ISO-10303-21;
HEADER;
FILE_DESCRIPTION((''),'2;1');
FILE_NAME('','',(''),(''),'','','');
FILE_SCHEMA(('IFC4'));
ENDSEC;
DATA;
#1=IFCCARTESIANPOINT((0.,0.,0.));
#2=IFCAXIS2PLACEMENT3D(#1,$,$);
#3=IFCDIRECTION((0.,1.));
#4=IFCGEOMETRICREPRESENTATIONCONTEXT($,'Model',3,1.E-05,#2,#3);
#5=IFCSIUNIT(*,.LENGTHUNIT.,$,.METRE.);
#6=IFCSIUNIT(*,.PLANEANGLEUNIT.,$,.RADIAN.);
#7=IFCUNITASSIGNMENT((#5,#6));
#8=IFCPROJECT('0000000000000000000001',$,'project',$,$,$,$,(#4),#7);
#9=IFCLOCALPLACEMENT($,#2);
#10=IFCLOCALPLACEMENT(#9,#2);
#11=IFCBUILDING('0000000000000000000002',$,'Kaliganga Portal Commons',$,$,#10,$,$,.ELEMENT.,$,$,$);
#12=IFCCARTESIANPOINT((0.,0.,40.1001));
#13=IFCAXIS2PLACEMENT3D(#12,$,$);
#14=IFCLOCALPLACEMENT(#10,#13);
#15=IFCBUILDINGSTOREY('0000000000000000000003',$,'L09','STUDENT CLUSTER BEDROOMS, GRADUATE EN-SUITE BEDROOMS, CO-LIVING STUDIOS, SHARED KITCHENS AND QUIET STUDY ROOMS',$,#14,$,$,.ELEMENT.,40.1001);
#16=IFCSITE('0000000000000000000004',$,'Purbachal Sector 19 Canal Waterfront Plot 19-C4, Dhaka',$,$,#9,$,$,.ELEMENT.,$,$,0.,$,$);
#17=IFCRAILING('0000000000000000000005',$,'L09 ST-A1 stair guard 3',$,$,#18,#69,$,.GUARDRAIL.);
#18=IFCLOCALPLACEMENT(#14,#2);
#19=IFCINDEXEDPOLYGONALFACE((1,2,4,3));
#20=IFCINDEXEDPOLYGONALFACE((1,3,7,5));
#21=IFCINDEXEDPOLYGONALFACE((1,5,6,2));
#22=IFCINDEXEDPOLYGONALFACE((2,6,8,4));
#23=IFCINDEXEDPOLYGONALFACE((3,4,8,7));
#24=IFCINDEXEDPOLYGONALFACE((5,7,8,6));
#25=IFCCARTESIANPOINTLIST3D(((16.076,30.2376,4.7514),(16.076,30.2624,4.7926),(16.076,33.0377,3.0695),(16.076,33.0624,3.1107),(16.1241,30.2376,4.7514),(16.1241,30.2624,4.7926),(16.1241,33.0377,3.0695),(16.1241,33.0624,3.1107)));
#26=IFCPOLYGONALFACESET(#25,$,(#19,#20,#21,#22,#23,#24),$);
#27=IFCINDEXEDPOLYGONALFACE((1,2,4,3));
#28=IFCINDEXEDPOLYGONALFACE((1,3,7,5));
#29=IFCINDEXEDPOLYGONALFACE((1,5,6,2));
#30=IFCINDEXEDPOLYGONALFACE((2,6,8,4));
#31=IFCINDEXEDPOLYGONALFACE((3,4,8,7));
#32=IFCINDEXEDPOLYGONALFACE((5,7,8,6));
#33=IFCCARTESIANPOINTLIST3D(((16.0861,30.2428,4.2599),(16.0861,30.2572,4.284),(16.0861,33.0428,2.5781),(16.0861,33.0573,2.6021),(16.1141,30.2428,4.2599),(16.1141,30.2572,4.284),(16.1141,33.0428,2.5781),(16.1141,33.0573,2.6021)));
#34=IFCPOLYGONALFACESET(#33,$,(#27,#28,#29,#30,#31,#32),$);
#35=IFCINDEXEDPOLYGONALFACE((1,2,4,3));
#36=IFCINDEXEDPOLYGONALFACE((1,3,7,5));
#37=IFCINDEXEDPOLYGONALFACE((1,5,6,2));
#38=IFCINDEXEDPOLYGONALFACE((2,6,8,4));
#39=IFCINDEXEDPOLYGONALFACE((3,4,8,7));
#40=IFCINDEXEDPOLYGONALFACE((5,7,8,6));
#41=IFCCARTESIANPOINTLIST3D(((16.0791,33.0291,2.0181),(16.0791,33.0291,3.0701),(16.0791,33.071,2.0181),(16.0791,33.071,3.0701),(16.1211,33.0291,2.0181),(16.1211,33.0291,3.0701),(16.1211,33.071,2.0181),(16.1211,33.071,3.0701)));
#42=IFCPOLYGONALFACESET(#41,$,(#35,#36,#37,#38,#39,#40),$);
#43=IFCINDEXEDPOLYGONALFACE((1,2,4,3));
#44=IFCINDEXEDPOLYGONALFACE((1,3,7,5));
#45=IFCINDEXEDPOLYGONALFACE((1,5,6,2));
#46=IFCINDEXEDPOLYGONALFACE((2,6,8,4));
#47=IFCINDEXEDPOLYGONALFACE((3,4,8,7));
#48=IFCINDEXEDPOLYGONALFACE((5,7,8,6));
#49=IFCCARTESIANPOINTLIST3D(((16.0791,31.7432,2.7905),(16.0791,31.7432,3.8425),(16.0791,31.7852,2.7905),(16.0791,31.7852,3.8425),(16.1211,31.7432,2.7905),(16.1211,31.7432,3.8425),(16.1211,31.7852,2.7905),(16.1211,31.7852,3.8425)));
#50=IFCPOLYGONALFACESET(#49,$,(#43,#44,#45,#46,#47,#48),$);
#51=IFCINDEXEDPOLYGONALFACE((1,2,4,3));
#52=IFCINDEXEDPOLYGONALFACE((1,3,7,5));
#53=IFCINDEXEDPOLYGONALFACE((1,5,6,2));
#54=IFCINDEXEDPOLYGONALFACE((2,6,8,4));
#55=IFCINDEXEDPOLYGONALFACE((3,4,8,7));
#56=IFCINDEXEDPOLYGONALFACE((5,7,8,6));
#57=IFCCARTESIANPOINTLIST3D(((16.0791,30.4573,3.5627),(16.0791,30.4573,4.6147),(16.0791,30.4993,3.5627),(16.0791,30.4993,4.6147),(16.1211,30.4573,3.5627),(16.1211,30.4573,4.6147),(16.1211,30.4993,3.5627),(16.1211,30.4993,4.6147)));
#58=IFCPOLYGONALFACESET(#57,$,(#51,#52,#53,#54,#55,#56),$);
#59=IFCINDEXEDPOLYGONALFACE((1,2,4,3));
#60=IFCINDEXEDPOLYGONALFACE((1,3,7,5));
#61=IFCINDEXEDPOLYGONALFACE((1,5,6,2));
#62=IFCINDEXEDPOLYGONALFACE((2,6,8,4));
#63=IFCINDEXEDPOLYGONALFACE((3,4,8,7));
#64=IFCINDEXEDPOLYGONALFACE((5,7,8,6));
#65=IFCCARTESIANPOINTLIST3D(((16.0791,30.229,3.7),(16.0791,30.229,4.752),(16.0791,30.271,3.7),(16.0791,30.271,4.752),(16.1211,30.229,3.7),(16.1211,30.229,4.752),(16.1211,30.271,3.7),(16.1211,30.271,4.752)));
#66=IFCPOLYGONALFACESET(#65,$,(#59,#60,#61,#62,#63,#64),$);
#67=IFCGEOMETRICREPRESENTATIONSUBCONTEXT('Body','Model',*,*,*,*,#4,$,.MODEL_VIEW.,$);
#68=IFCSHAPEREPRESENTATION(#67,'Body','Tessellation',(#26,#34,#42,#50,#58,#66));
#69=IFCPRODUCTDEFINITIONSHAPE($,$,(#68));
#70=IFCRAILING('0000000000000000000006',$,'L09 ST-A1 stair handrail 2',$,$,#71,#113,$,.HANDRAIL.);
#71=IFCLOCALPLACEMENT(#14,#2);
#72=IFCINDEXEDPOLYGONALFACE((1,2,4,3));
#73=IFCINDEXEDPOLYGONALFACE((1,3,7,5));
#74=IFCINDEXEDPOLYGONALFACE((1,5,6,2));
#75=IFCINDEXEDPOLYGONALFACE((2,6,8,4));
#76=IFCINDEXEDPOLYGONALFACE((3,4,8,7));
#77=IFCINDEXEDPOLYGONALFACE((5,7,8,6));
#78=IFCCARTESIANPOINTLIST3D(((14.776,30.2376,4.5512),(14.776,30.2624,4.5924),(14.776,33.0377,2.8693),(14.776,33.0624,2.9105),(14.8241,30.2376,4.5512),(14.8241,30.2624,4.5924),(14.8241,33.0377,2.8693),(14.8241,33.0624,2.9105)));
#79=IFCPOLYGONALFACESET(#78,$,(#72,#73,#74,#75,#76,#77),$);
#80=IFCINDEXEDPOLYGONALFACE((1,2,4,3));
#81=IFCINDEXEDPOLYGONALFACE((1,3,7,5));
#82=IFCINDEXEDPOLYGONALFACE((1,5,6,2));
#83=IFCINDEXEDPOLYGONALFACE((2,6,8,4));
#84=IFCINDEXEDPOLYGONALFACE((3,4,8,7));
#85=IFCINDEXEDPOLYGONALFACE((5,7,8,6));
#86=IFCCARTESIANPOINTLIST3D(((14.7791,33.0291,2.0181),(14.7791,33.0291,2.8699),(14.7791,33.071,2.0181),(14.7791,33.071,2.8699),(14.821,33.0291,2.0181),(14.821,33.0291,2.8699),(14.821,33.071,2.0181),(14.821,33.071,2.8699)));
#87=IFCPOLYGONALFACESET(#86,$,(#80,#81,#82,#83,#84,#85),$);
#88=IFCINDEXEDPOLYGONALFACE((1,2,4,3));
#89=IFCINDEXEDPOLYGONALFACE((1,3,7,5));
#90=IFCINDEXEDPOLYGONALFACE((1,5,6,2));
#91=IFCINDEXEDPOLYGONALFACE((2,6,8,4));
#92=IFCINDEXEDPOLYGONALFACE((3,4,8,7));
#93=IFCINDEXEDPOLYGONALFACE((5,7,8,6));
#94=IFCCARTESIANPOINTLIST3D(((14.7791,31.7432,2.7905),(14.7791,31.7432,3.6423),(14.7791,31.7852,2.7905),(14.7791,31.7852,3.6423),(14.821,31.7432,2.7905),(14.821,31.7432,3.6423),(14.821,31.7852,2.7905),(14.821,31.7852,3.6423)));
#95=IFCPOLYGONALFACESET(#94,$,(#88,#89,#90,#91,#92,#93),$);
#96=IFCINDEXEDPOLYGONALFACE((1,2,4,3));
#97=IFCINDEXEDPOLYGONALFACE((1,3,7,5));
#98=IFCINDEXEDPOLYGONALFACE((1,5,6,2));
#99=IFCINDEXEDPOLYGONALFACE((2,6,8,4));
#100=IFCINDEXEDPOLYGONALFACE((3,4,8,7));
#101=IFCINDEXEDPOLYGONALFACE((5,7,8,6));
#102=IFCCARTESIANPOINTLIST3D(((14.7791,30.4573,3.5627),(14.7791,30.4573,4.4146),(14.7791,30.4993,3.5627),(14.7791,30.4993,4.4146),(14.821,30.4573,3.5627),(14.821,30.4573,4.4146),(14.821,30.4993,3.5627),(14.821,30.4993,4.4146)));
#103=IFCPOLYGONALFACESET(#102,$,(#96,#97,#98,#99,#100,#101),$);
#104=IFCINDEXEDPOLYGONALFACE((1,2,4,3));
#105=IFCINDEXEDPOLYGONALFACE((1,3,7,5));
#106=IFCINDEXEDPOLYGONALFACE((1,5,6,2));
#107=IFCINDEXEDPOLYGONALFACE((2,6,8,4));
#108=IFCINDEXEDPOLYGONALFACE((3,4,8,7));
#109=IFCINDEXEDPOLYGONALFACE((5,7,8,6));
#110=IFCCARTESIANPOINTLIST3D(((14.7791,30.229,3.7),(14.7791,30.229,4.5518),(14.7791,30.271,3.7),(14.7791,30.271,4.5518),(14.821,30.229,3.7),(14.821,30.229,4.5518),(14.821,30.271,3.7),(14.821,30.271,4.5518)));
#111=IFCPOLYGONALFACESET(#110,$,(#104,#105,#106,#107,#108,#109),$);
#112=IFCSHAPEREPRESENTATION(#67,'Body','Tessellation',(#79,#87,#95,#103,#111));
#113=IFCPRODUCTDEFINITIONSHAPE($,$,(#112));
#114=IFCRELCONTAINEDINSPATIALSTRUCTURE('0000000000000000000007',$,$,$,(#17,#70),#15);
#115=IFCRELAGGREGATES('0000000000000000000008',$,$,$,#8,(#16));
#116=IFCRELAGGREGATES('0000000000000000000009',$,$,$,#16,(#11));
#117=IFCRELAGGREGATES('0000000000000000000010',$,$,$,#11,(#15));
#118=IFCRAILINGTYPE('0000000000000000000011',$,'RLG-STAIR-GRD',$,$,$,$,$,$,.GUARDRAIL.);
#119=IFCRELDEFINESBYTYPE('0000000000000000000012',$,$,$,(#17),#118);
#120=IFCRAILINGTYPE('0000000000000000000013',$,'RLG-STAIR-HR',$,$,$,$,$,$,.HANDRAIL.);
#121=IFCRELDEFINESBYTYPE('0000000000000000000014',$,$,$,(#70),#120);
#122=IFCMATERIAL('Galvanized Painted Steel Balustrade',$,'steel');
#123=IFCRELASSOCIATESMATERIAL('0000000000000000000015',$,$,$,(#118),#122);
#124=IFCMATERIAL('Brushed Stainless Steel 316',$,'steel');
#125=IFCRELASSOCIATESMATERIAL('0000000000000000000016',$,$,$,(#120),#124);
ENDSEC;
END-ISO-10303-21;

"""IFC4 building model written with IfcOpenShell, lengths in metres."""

from ifc_helpers import new_model, si_unit, direction, frame, origin, origin_2d, place, context, subcontext, project, spatial, rectangle, extrude, material, type_object, element, save


model = new_model("IFC4")

# Units and contexts
model_context = context("Model", 3, precision=1e-05, world=origin(), true_north=direction((0.0, 1.0)))
body_context = subcontext(model_context, "Body", "Model", "MODEL_VIEW")
ifc_project = project(units=[si_unit("LENGTHUNIT", "METRE"), si_unit("PLANEANGLEUNIT", "RADIAN")], contexts=[model_context])

# Site, building, storey
site_placement = place(None, origin())
site = spatial("IfcSite", under=ifc_project, at=site_placement, Name="Purbachal Sector 19 Canal Waterfront Plot 19-C4, Dhaka", CompositionType="ELEMENT", RefElevation=0.0)
building_placement = place(site_placement, origin())
building = spatial("IfcBuilding", under=site, at=building_placement, Name="Kaliganga Portal Commons", CompositionType="ELEMENT")
storey_placement = place(building_placement, frame((0.0, 0.0, 40.1001)))
storey = spatial("IfcBuildingStorey", under=building, at=storey_placement, Name="L09", Description="STUDENT CLUSTER BEDROOMS, GRADUATE EN-SUITE BEDROOMS, CO-LIVING STUDIOS, SHARED KITCHENS AND QUIET STUDY ROOMS", CompositionType="ELEMENT", Elevation=40.1001)

# Railings
ifc_material_1 = material(Name="Galvanized Painted Steel Balustrade", Category="steel")
railing_type_1 = type_object("IfcRailingType", Name="RLG-STAIR-GRD", PredefinedType="GUARDRAIL", material=ifc_material_1)
railing_1_placement = place(storey_placement, frame((16.1001, 33.05, 2.0181)))
element("IfcRailing", 1, at=railing_1_placement, inside=storey, type_object=railing_type_1, Name="L09 ST-A1 stair guard 3", PredefinedType="GUARDRAIL", context=body_context, shape_type="SweptSolid", body=[
    extrude(rectangle(XDim=0.0481, YDim=0.0481, at=origin_2d()), frame((0.0, 0.0, 1.072), z_axis=(0.0, -0.857242, 0.514913), x_axis=(1.0, 0.0, 0.0)), (0.0, 0.0, 1.0), 3.2664),
    extrude(rectangle(XDim=0.0281, YDim=0.0281, at=origin_2d()), frame((0.0, 0.0, 0.572), z_axis=(0.0, -0.857242, 0.514913), x_axis=(1.0, 0.0, 0.0)), (0.0, 0.0, 1.0), 3.2664),
    extrude(rectangle(XDim=0.042, YDim=0.042, at=origin_2d()), origin(), (0.0, 0.0, 1.0), 1.052),
    extrude(rectangle(XDim=0.042, YDim=0.042, at=origin_2d()), frame((0.0, -1.2859, 0.7725)), (0.0, 0.0, 1.0), 1.052),
    extrude(rectangle(XDim=0.042, YDim=0.042, at=origin_2d()), frame((0.0, -2.5718, 1.5447)), (0.0, 0.0, 1.0), 1.052),
    extrude(rectangle(XDim=0.042, YDim=0.042, at=origin_2d()), frame((0.0, -2.8, 1.6819)), (0.0, 0.0, 1.0), 1.052),
])
ifc_material_2 = material(Name="Brushed Stainless Steel 316", Category="steel")
railing_type_2 = type_object("IfcRailingType", Name="RLG-STAIR-HR", PredefinedType="HANDRAIL", material=ifc_material_2)
railing_2_placement = place(storey_placement, frame((14.8, 33.05, 2.0181)))
element("IfcRailing", 2, at=railing_2_placement, inside=storey, type_object=railing_type_2, Name="L09 ST-A1 stair handrail 2", PredefinedType="HANDRAIL", context=body_context, shape_type="SweptSolid", body=[
    extrude(rectangle(XDim=0.0481, YDim=0.0481, at=origin_2d()), frame((0.0, 0.0, 0.8718), z_axis=(0.0, -0.857242, 0.514913), x_axis=(1.0, 0.0, 0.0)), (0.0, 0.0, 1.0), 3.2664),
    extrude(rectangle(XDim=0.042, YDim=0.042, at=origin_2d()), origin(), (0.0, 0.0, 1.0), 0.8518),
    extrude(rectangle(XDim=0.042, YDim=0.042, at=origin_2d()), frame((0.0, -1.2859, 0.7725)), (0.0, 0.0, 1.0), 0.8518),
    extrude(rectangle(XDim=0.042, YDim=0.042, at=origin_2d()), frame((0.0, -2.5718, 1.5447)), (0.0, 0.0, 1.0), 0.8518),
    extrude(rectangle(XDim=0.042, YDim=0.042, at=origin_2d()), frame((0.0, -2.8, 1.6819)), (0.0, 0.0, 1.0), 0.8518),
])

save(model, "model.ifc")
